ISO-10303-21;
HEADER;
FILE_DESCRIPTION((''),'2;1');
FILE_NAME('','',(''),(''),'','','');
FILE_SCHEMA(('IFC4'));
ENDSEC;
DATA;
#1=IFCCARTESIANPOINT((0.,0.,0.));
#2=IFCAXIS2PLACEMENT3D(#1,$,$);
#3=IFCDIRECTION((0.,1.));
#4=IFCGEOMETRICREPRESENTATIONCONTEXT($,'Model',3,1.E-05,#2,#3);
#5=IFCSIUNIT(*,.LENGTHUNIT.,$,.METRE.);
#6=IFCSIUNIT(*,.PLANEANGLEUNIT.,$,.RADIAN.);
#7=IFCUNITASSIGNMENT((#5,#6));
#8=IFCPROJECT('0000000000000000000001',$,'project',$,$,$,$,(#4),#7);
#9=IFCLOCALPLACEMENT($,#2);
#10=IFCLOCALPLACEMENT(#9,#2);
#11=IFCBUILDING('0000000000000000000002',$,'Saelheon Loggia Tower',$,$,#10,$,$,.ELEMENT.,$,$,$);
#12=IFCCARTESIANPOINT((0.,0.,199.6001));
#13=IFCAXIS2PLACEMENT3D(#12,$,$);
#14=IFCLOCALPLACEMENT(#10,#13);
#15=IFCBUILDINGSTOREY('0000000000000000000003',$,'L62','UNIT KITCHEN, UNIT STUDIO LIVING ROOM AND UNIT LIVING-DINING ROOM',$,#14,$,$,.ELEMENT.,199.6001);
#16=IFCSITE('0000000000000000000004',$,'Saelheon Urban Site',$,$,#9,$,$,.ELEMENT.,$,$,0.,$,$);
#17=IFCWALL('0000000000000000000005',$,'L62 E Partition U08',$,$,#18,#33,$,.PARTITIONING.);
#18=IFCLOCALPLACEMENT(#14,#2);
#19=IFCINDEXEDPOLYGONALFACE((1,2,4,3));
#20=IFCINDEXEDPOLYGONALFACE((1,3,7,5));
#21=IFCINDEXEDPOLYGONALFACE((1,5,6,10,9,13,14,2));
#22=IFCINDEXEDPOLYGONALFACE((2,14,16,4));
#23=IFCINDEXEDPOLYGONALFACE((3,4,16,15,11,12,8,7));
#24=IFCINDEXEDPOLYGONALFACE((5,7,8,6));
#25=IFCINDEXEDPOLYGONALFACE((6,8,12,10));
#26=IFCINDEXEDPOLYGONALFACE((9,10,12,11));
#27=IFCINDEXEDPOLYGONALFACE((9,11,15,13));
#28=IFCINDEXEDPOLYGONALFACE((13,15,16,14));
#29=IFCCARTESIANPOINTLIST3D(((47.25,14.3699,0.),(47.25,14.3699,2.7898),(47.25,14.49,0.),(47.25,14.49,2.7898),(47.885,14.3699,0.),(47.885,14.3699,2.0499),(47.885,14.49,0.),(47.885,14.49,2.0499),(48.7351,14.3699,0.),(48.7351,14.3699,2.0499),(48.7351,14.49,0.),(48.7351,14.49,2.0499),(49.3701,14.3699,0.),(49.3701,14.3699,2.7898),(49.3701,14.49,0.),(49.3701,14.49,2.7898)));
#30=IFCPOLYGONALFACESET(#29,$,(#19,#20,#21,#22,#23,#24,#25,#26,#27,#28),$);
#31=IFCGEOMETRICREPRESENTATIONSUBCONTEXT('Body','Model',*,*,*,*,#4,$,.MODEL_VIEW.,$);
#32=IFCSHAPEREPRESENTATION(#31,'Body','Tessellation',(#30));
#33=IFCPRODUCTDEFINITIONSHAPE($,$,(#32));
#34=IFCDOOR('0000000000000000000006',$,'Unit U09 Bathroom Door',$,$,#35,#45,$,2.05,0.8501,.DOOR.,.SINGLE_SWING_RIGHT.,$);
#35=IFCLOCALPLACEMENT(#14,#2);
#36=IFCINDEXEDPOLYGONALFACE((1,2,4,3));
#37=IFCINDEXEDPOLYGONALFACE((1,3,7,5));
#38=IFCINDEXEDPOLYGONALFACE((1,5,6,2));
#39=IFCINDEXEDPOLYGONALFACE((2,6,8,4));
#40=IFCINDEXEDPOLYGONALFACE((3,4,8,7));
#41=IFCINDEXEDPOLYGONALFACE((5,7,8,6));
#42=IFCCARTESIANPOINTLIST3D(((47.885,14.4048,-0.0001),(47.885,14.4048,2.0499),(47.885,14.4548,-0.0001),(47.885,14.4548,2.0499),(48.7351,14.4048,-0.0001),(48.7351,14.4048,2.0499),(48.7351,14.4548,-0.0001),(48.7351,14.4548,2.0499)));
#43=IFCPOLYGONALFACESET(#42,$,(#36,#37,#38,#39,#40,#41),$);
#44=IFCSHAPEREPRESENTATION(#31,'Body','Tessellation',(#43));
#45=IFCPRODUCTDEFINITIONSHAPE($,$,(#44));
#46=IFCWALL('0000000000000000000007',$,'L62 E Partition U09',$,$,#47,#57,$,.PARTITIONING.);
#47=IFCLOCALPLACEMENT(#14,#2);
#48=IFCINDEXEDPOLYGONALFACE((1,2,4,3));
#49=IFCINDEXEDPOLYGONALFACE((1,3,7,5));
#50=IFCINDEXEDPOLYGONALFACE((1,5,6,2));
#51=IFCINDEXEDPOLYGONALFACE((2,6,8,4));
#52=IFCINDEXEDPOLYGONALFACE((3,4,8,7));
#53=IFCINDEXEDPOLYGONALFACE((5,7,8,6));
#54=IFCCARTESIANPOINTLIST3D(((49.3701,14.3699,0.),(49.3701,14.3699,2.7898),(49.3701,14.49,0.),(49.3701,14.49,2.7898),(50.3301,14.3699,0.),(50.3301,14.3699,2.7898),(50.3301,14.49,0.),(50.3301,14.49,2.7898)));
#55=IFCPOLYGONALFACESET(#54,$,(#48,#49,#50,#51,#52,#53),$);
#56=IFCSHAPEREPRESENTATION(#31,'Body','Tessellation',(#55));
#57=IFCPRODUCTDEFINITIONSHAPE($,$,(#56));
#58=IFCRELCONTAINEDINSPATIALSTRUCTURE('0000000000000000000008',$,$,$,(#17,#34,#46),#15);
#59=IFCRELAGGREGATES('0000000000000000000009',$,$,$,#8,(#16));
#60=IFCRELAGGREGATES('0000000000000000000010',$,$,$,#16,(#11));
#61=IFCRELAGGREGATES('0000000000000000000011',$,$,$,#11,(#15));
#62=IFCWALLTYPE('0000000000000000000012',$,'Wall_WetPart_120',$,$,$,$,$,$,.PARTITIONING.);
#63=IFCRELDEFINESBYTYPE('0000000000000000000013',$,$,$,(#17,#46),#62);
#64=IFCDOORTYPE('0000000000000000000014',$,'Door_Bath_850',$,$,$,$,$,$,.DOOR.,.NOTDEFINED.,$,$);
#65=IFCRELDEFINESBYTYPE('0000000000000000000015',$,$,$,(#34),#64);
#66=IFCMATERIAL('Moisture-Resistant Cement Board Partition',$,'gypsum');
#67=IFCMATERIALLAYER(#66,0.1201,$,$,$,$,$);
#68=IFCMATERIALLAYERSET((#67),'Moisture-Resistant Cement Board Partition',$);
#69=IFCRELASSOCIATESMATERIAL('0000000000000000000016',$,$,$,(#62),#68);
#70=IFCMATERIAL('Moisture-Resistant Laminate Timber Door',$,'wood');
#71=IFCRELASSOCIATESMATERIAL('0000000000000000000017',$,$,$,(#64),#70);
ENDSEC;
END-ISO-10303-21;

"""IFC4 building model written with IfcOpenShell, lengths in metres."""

from ifc_helpers import new_model, si_unit, direction, frame, frame_2d, origin, place, context, subcontext, project, spatial, rectangle, extrude, source, transform, mapped, material, layer, layer_set, type_object, element, fill, save


model = new_model("IFC4")

# Units and contexts
model_context = context("Model", 3, precision=1e-05, world=origin(), true_north=direction((0.0, 1.0)))
body_context = subcontext(model_context, "Body", "Model", "MODEL_VIEW")
ifc_project = project(units=[si_unit("LENGTHUNIT", "METRE"), si_unit("PLANEANGLEUNIT", "RADIAN")], contexts=[model_context])

# Site, building, storey
site_placement = place(None, origin())
site = spatial("IfcSite", under=ifc_project, at=site_placement, Name="Saelheon Urban Site", CompositionType="ELEMENT", RefElevation=0.0)
building_placement = place(site_placement, origin())
building = spatial("IfcBuilding", under=site, at=building_placement, Name="Saelheon Loggia Tower", CompositionType="ELEMENT")
storey_placement = place(building_placement, frame((0.0, 0.0, 199.6001)))
storey = spatial("IfcBuildingStorey", under=building, at=storey_placement, Name="L62", Description="UNIT KITCHEN, UNIT STUDIO LIVING ROOM AND UNIT LIVING-DINING ROOM", CompositionType="ELEMENT", Elevation=199.6001)

# Shared definitions
ifc_material_1 = material(Name="Moisture-Resistant Cement Board Partition", Category="gypsum")
ifc_layer_1 = layer(ifc_material_1, 0.1201)
ifc_layer_set_1 = layer_set([ifc_layer_1], Name="Moisture-Resistant Cement Board Partition")
wall_type_1 = type_object("IfcWallType", Name="Wall_WetPart_120", PredefinedType="PARTITIONING", material=ifc_layer_set_1)

# Wall, opening, door
wall_1_placement = place(storey_placement, frame((47.25, 14.4299, 0.0), z_axis=(0.0, 0.0, 1.0), x_axis=(1.0, 0.0, 0.0)))
wall_1 = element("IfcWall", 1, at=wall_1_placement, inside=storey, type_object=wall_type_1, Name="L62 E Partition U08", PredefinedType="PARTITIONING", context=body_context, shape_type="SweptSolid", body=[
    extrude(rectangle(XDim=2.1201, YDim=0.1201, at=frame_2d((1.0601, 0.0))), origin(), (0.0, 0.0, 1.0), 2.7898),
])
opening_1_placement = place(wall_1_placement, frame((0.635, 0.0, 0.0)))
opening_1 = element("IfcOpeningElement", 2, at=opening_1_placement, cuts=wall_1, PredefinedType="OPENING", context=body_context, shape_type="SweptSolid", body=[
    extrude(rectangle(XDim=0.8501, YDim=2.05, at=frame_2d((0.425, 1.0249))), frame((0.0, 0.072, 0.0), z_axis=(0.0, -1.0, 0.0), x_axis=(1.0, 0.0, 0.0)), (0.0, 0.0, 1.0), 0.144),
])
ifc_material_2 = material(Name="Moisture-Resistant Laminate Timber Door", Category="wood")
door_type_1 = type_object("IfcDoorType", Name="Door_Bath_850", OperationType="NOTDEFINED", PredefinedType="DOOR", material=ifc_material_2)
shared_shape_1 = source(origin(), body_context, "Body", "SweptSolid", [
    extrude(rectangle(XDim=0.8501, YDim=2.05, at=frame_2d((0.425, 1.0249))), frame((0.0, 0.0249, 0.0), z_axis=(0.0, -1.0, 0.0), x_axis=(1.0, 0.0, 0.0)), (0.0, 0.0, 1.0), 0.05),
])
door_1_placement = place(opening_1_placement, origin())
door_1 = element("IfcDoor", 3, at=door_1_placement, inside=storey, type_object=door_type_1, Name="Unit U09 Bathroom Door", OperationType="SINGLE_SWING_RIGHT", OverallHeight=2.05, OverallWidth=0.8501, PredefinedType="DOOR", context=body_context, shape_type="MappedRepresentation", body=[
    mapped(shared_shape_1, transform((0.0, 0.0, 0.0), scale=1.0)),
])
fill(opening_1, door_1)

# Wall
wall_2_placement = place(storey_placement, frame((49.3701, 14.4299, 0.0), z_axis=(0.0, 0.0, 1.0), x_axis=(1.0, 0.0, 0.0)))
element("IfcWall", 4, at=wall_2_placement, inside=storey, type_object=wall_type_1, Name="L62 E Partition U09", PredefinedType="PARTITIONING", context=body_context, shape_type="SweptSolid", body=[
    extrude(rectangle(XDim=0.96, YDim=0.1201, at=frame_2d((0.48, 0.0))), origin(), (0.0, 0.0, 1.0), 2.7898),
])

save(model, "model.ifc")
